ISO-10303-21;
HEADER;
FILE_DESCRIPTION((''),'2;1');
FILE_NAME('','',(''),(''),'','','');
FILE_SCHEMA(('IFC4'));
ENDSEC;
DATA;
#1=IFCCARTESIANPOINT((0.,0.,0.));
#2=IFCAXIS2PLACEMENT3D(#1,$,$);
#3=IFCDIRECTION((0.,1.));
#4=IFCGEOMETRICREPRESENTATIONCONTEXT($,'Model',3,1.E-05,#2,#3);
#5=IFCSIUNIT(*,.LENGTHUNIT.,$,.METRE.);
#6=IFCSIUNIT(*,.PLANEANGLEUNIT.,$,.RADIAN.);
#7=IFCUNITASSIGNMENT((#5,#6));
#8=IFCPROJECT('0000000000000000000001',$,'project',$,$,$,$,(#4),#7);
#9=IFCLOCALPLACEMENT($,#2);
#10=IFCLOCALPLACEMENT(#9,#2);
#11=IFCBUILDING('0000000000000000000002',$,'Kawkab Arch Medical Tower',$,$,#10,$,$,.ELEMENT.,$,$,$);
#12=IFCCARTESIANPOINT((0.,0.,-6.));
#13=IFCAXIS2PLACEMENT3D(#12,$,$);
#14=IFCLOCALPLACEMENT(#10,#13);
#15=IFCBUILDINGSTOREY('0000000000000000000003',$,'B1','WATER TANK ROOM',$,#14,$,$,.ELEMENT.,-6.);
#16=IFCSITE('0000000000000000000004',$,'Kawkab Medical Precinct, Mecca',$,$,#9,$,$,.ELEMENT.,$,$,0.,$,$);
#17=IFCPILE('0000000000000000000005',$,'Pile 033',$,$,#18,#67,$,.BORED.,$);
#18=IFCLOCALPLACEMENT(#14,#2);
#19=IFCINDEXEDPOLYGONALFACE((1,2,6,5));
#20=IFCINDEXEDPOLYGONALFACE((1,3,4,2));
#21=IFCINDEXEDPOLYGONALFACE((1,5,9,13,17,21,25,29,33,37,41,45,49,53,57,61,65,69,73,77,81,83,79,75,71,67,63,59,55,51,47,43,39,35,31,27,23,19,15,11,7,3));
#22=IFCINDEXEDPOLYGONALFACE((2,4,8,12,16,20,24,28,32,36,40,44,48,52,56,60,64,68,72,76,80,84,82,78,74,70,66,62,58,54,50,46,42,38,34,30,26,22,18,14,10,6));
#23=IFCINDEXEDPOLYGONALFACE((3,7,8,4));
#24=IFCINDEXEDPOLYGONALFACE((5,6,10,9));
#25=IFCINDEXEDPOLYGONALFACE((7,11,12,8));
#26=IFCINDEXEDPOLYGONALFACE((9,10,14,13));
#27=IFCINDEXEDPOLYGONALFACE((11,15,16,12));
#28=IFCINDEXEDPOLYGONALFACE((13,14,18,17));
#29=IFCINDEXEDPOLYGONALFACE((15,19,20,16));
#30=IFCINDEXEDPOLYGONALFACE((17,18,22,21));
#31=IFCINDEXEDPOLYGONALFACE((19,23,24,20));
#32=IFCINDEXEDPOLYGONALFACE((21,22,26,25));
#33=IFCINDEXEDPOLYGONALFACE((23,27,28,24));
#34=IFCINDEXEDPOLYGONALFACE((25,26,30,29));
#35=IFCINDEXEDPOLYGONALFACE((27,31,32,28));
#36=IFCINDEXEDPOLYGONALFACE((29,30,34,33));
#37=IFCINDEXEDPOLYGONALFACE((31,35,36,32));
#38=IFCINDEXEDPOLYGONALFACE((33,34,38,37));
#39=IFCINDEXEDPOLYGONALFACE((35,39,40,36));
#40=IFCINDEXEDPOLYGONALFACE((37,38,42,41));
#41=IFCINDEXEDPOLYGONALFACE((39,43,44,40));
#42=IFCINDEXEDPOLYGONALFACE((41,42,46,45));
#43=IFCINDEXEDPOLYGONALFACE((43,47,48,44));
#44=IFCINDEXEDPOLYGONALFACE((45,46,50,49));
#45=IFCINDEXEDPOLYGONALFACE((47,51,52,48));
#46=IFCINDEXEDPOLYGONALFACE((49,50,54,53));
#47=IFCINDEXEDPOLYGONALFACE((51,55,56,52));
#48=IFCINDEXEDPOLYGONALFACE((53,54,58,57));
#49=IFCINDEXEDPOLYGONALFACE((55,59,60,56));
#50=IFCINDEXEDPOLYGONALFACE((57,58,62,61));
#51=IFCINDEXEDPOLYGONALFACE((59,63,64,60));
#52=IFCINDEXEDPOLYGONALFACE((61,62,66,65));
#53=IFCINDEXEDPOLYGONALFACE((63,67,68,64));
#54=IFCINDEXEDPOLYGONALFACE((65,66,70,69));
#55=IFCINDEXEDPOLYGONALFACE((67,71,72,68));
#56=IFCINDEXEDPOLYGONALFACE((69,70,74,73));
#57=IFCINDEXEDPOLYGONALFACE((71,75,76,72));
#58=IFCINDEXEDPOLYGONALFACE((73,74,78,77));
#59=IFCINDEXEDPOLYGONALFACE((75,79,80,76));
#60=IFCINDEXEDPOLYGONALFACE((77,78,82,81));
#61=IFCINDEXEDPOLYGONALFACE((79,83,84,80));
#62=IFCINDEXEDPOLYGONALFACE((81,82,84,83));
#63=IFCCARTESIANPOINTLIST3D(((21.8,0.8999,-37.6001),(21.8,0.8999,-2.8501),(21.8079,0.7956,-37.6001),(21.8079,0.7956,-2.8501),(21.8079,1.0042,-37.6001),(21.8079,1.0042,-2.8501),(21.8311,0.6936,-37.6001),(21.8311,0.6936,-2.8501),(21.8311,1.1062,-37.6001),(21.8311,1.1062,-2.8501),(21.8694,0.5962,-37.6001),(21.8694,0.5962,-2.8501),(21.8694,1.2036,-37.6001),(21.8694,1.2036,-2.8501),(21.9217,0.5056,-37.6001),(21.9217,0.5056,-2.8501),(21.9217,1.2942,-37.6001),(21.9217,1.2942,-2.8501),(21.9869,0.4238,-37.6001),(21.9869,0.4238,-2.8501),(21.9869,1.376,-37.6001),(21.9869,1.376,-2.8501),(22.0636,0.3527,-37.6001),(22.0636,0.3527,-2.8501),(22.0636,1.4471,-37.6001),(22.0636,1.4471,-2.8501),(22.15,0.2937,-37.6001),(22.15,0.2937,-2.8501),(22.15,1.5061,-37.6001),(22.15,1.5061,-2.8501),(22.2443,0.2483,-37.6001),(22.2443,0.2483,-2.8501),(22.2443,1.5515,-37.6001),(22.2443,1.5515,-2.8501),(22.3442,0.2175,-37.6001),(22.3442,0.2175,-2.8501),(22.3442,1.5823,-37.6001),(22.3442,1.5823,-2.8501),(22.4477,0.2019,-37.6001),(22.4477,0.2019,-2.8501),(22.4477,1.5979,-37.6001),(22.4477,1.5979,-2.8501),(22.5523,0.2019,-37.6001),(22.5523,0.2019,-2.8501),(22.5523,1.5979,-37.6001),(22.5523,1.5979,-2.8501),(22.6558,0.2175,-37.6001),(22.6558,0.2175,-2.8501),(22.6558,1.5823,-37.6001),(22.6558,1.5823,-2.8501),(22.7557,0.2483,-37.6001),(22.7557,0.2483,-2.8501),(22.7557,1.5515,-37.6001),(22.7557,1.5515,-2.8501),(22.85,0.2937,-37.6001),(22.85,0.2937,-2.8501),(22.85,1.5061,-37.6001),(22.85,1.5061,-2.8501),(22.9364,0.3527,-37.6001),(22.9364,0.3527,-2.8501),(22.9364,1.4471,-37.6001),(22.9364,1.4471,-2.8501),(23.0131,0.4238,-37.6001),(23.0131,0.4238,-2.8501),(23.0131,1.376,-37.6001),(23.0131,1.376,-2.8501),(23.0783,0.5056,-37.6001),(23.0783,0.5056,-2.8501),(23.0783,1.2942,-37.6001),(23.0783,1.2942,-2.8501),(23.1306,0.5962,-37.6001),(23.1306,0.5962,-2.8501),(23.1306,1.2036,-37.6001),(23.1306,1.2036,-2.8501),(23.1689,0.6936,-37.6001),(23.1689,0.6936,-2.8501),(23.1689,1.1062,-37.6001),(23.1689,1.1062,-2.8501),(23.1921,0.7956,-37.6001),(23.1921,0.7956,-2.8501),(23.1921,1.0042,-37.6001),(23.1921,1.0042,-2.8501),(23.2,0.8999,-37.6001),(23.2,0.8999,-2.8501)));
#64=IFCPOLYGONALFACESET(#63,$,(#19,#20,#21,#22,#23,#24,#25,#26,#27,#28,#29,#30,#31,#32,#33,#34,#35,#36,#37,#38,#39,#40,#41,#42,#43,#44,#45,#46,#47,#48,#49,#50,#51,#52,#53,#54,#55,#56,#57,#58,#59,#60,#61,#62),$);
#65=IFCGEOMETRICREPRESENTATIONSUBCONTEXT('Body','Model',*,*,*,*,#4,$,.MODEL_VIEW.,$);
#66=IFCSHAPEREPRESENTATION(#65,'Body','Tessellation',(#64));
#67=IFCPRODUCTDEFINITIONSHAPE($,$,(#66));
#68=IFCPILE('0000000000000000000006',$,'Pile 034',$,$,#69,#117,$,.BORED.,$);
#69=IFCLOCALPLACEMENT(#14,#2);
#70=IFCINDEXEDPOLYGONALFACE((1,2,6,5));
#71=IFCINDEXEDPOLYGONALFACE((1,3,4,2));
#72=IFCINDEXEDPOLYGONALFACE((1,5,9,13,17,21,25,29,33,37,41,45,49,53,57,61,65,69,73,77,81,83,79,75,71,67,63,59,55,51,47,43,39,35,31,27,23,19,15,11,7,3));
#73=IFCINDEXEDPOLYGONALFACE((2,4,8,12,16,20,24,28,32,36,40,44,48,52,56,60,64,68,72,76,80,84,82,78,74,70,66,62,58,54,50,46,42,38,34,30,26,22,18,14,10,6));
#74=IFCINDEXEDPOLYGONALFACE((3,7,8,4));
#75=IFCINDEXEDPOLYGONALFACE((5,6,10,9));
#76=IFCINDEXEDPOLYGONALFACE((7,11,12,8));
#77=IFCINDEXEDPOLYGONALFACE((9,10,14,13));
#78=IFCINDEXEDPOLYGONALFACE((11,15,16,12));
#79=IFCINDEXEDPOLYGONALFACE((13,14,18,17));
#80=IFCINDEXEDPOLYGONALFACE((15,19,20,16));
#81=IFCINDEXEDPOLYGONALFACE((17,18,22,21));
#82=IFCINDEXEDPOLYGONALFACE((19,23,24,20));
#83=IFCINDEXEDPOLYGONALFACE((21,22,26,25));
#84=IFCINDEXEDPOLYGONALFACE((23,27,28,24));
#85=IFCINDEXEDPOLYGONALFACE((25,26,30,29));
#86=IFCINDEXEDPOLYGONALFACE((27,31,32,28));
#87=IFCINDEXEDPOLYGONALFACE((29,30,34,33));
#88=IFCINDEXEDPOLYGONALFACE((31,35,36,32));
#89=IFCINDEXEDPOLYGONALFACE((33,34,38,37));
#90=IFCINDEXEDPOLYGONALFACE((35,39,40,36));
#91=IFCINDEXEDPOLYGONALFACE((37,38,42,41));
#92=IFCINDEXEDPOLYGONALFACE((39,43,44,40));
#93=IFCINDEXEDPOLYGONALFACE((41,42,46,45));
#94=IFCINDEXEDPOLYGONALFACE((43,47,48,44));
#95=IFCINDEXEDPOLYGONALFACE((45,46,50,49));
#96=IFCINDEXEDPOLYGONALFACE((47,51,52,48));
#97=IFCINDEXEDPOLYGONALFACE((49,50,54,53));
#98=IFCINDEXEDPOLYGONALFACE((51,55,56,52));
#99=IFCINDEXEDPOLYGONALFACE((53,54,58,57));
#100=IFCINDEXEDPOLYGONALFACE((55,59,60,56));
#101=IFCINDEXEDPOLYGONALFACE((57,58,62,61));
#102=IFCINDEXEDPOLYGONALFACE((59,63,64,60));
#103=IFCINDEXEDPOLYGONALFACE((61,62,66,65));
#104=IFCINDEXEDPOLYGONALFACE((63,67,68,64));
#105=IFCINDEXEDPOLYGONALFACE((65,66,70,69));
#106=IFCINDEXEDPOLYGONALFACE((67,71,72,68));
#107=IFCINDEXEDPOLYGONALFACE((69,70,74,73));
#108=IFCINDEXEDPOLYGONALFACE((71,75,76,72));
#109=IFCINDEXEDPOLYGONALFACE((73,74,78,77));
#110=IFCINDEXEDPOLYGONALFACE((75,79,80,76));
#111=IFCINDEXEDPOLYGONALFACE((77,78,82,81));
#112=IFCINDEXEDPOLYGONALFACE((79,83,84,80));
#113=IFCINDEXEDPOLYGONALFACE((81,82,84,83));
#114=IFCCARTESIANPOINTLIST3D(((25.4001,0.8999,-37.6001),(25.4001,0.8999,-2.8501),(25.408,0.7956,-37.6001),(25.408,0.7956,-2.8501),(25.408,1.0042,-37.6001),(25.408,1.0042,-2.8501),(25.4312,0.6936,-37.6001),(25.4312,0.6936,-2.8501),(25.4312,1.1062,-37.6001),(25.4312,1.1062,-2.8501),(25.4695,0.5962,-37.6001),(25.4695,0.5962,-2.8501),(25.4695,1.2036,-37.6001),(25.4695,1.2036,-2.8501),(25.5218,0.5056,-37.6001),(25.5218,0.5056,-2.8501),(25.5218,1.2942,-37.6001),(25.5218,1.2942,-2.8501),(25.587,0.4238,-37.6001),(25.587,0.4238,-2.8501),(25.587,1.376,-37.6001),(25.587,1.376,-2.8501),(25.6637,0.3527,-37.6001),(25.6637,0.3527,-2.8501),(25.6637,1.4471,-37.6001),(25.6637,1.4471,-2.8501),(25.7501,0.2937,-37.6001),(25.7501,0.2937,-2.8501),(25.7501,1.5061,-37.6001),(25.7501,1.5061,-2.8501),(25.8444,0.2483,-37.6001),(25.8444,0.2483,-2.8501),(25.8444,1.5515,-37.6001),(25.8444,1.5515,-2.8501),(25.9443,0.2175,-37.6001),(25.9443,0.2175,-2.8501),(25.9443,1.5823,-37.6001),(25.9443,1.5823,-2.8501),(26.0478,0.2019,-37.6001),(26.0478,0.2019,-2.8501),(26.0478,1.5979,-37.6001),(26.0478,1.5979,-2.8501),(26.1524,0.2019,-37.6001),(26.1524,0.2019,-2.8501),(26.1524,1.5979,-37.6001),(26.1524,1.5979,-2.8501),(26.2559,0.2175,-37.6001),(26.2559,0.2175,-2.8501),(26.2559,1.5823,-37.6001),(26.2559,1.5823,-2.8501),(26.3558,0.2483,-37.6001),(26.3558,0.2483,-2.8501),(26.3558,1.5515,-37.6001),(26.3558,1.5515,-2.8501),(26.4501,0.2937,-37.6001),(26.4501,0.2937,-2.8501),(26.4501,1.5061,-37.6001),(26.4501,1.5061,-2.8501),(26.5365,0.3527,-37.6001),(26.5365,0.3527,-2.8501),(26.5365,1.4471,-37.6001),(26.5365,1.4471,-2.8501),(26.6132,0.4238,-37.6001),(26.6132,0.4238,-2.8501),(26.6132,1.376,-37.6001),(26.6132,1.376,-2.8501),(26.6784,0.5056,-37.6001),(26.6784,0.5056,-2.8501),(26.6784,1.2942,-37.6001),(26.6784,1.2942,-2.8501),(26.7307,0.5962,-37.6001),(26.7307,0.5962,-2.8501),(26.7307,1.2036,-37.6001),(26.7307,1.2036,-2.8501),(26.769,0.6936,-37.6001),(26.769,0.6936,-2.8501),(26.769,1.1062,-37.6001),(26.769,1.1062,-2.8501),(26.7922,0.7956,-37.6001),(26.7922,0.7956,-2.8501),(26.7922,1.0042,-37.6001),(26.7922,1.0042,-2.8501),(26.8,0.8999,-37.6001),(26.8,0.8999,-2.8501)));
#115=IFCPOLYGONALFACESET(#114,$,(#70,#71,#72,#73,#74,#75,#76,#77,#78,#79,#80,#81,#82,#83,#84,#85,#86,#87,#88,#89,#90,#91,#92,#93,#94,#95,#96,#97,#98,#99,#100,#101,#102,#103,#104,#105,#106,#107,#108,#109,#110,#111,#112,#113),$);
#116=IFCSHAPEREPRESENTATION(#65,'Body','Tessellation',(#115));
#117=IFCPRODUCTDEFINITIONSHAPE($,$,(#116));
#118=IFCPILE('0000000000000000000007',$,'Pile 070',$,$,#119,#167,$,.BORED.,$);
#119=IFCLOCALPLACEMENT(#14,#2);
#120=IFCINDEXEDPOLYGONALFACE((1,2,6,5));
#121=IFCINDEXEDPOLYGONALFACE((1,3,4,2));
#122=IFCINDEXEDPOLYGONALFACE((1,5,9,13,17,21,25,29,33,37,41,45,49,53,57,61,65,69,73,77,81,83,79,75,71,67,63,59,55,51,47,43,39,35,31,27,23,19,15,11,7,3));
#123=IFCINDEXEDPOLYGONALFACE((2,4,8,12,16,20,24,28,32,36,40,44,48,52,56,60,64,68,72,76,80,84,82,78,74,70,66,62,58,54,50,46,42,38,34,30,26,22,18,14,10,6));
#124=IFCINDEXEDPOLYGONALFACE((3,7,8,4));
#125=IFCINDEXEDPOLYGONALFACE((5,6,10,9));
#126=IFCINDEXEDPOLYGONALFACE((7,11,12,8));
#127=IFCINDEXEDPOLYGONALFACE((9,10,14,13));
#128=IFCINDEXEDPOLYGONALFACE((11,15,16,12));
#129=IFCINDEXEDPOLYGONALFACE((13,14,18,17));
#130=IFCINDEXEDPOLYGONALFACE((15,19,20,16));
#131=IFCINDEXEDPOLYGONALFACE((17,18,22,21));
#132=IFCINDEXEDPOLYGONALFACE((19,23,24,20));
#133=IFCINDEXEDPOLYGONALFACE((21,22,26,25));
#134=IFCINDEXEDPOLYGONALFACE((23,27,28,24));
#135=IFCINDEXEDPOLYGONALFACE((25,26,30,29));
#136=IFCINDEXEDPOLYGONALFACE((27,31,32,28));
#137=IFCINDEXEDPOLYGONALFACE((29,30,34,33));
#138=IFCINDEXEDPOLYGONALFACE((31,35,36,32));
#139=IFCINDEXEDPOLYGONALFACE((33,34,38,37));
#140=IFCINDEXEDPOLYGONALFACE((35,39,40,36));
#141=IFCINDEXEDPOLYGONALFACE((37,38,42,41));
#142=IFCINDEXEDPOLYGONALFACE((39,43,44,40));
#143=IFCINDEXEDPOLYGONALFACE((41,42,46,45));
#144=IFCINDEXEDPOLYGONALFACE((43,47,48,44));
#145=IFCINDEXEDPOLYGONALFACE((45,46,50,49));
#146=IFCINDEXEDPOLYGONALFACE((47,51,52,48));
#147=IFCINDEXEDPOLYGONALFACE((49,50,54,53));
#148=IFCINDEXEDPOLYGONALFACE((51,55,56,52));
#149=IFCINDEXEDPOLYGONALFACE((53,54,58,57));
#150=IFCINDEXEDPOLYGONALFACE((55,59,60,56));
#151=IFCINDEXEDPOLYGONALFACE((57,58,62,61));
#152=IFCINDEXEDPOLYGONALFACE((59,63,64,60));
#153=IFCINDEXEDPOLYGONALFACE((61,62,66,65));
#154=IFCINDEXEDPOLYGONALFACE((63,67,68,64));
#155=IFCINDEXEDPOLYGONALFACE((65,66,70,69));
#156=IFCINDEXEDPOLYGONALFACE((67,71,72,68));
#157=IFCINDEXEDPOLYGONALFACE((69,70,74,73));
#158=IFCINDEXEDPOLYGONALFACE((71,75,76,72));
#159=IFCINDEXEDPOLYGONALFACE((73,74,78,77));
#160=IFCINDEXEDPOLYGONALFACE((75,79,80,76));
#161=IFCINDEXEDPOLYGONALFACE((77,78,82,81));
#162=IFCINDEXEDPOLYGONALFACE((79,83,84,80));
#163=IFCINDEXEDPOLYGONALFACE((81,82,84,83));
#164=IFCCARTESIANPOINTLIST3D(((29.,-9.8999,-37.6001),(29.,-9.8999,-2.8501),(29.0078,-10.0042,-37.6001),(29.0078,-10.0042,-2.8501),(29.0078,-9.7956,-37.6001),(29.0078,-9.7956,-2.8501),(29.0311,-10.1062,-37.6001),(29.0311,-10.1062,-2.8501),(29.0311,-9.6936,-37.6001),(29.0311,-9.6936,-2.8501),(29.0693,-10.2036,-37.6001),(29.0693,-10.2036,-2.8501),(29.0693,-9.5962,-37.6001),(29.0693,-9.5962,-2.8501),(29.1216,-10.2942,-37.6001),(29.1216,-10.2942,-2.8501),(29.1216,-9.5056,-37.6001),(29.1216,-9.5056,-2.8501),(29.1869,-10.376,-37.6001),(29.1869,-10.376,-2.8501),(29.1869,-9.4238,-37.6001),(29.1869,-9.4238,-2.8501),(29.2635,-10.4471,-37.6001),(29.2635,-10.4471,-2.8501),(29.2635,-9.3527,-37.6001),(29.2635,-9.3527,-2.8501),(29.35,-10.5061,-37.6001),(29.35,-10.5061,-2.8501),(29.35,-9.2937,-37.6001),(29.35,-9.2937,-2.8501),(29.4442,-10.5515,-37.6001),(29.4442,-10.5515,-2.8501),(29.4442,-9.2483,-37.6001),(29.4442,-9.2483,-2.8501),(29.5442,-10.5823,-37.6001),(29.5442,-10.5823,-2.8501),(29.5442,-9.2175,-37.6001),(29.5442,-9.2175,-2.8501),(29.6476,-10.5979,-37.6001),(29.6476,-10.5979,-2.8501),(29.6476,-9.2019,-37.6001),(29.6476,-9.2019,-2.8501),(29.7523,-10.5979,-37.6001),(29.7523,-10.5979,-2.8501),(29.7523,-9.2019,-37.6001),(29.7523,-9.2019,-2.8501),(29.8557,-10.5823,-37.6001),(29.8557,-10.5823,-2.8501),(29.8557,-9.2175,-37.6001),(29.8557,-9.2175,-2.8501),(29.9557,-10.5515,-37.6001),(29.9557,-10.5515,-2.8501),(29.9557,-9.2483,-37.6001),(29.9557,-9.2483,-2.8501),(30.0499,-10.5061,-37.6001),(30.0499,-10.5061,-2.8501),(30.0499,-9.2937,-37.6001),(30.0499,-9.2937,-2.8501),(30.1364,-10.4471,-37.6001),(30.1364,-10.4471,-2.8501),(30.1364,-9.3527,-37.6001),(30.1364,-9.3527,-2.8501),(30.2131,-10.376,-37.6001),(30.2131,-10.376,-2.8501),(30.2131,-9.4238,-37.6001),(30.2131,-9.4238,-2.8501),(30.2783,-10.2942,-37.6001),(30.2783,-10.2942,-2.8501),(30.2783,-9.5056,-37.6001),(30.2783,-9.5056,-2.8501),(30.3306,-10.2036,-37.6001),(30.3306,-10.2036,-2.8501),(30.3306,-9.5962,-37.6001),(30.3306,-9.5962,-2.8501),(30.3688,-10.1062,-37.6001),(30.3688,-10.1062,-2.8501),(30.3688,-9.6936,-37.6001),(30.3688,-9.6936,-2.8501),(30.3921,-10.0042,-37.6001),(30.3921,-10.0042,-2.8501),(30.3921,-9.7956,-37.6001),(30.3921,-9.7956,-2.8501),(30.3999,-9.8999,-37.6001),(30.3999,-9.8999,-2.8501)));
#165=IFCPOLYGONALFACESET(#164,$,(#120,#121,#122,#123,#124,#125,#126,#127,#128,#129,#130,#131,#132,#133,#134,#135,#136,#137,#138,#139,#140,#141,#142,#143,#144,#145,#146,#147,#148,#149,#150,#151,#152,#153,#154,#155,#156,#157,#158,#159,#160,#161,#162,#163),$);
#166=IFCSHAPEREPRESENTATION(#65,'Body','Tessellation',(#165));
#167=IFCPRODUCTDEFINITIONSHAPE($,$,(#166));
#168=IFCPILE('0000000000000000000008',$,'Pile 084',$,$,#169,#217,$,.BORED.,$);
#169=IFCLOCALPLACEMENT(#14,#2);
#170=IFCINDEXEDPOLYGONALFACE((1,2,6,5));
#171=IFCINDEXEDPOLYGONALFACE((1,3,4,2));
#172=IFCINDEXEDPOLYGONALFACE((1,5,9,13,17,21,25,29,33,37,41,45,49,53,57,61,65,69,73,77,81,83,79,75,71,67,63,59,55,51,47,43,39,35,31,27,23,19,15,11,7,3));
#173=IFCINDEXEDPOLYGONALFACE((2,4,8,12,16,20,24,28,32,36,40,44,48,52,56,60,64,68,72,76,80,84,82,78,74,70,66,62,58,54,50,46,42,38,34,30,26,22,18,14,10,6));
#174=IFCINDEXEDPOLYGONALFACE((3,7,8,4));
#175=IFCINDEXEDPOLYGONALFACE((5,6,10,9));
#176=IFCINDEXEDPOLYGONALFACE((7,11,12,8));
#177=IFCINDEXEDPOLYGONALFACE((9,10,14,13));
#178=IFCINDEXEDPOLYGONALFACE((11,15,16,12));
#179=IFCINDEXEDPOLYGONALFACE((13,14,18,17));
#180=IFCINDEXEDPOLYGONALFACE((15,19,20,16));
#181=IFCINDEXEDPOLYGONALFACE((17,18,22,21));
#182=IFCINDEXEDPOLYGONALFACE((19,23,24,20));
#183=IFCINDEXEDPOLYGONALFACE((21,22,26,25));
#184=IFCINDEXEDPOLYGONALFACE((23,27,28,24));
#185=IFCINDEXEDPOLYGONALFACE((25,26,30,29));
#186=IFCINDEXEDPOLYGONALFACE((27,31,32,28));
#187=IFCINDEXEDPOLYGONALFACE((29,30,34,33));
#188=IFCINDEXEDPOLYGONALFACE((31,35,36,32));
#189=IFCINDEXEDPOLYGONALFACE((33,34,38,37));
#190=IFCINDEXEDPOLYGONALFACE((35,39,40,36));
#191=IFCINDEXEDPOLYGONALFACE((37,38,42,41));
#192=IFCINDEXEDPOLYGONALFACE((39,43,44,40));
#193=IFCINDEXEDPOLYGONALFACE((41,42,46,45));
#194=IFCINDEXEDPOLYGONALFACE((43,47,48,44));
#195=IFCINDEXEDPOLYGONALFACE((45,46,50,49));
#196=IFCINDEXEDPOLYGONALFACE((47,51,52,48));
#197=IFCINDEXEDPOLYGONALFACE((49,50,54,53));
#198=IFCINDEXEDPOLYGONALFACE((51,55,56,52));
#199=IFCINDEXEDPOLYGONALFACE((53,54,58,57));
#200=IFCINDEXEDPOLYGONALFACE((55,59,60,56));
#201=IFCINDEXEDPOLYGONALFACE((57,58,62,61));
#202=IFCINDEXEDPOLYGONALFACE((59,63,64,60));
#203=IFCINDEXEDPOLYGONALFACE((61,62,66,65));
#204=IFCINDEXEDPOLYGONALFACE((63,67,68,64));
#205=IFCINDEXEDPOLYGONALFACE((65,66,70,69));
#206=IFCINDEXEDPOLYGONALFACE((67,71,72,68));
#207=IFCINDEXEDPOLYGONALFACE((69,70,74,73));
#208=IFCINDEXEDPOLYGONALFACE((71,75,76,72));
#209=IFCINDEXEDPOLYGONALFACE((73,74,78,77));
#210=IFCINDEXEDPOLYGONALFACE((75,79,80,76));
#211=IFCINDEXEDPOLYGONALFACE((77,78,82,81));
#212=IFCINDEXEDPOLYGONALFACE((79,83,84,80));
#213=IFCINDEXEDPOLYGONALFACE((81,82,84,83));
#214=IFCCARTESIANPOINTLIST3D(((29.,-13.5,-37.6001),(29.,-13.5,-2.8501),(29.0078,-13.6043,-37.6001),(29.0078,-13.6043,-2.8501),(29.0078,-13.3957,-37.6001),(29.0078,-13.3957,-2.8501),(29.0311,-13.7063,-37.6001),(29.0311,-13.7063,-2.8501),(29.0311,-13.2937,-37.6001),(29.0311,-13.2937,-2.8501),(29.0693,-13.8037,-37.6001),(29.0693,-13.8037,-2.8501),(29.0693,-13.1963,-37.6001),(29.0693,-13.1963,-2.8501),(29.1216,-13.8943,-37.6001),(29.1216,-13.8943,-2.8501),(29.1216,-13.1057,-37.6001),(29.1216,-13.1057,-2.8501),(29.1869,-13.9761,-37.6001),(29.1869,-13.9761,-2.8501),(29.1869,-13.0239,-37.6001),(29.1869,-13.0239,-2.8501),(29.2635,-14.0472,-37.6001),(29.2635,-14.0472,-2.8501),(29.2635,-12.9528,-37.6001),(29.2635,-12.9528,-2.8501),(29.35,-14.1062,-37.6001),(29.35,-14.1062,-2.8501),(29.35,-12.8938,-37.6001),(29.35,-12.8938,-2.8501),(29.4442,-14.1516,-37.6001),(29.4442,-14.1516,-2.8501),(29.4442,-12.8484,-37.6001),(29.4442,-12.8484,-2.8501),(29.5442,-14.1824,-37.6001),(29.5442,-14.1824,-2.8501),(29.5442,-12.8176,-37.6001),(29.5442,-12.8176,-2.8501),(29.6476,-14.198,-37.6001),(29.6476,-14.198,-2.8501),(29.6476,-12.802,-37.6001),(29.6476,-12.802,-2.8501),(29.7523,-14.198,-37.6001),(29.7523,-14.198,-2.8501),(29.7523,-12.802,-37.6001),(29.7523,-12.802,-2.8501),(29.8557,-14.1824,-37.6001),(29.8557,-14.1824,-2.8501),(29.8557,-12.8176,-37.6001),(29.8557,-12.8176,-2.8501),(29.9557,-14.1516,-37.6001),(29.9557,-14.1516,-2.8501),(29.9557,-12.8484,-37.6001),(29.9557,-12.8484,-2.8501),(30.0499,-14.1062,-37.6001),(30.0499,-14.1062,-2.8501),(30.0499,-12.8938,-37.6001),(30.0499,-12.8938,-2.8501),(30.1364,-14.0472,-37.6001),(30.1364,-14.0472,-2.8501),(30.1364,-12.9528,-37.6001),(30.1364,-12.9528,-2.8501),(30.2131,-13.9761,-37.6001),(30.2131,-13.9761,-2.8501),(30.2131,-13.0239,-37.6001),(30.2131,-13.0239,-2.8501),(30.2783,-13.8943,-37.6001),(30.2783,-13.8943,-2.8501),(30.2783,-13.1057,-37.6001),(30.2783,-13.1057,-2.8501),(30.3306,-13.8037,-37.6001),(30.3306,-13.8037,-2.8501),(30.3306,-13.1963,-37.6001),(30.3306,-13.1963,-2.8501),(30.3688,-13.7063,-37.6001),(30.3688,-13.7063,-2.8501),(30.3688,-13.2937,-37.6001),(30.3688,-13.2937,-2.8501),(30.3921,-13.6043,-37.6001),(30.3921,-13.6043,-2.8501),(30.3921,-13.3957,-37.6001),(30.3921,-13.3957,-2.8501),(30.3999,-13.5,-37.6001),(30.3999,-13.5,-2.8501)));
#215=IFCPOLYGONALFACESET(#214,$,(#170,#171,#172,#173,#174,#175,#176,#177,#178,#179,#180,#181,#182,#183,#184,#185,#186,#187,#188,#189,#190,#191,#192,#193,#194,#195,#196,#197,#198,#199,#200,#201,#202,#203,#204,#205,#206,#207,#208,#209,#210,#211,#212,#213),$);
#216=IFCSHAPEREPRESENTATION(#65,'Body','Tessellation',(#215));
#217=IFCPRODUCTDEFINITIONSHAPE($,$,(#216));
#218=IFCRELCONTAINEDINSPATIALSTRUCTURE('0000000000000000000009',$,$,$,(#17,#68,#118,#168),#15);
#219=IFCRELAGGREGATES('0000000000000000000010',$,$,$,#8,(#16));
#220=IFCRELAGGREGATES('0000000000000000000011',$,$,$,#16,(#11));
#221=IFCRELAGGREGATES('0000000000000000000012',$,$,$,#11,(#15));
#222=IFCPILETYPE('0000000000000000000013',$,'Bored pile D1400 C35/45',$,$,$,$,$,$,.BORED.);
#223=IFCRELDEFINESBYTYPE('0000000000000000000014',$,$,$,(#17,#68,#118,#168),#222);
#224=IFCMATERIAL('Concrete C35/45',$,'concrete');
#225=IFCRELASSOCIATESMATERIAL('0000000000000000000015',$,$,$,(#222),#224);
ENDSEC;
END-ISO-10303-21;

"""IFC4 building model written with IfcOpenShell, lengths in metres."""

from ifc_helpers import new_model, si_unit, direction, frame, origin, origin_2d, place, context, subcontext, project, spatial, circle, extrude, material, material_profile, profile_set, type_object, element, save


model = new_model("IFC4")

# Units and contexts
model_context = context("Model", 3, precision=1e-05, world=origin(), true_north=direction((0.0, 1.0)))
body_context = subcontext(model_context, "Body", "Model", "MODEL_VIEW")
ifc_project = project(units=[si_unit("LENGTHUNIT", "METRE"), si_unit("PLANEANGLEUNIT", "RADIAN")], contexts=[model_context])

# Site, building, storey
site_placement = place(None, origin())
site = spatial("IfcSite", under=ifc_project, at=site_placement, Name="Kawkab Medical Precinct, Mecca", CompositionType="ELEMENT", RefElevation=0.0)
building_placement = place(site_placement, origin())
building = spatial("IfcBuilding", under=site, at=building_placement, Name="Kawkab Arch Medical Tower", CompositionType="ELEMENT")
storey_placement = place(building_placement, frame((0.0, 0.0, -6.0)))
storey = spatial("IfcBuildingStorey", under=building, at=storey_placement, Name="B1", Description="WATER TANK ROOM", CompositionType="ELEMENT", Elevation=-6.0)

# Piles
ifc_material_1 = material(Name="Concrete C35/45", Category="concrete")
ifc_material_profile_1 = material_profile(ifc_material_1, circle(Radius=0.7, at=origin_2d()), Name="Bored pile D1400")
ifc_profile_set_1 = profile_set([ifc_material_profile_1], Name="Concrete C35/45")
pile_type_1 = type_object("IfcPileType", Name="Bored pile D1400 C35/45", PredefinedType="BORED", material=ifc_profile_set_1)
for number, where, z_axis, x_axis, name in (
    (1, (22.5, 0.8999, -2.8501), (0.0, 0.0, -1.0), (1.0, 0.0, 0.0), "Pile 033"),
    (2, (26.1001, 0.8999, -2.8501), (0.0, 0.0, -1.0), (1.0, 0.0, 0.0), "Pile 034"),
    (3, (29.7, -9.8999, -2.8501), (0.0, 0.0, -1.0), (1.0, 0.0, 0.0), "Pile 070"),
    (4, (29.7, -13.5, -2.8501), (0.0, 0.0, -1.0), (1.0, 0.0, 0.0), "Pile 084"),
):
    element("IfcPile", number, at=place(storey_placement, frame(where, z_axis=z_axis, x_axis=x_axis)), inside=storey, type_object=pile_type_1, Name=name, PredefinedType="BORED", context=body_context, shape_type="SweptSolid", body=[
        extrude(circle(Radius=0.7, at=origin_2d()), origin(), (0.0, 0.0, 1.0), 34.75),
    ])

save(model, "model.ifc")
